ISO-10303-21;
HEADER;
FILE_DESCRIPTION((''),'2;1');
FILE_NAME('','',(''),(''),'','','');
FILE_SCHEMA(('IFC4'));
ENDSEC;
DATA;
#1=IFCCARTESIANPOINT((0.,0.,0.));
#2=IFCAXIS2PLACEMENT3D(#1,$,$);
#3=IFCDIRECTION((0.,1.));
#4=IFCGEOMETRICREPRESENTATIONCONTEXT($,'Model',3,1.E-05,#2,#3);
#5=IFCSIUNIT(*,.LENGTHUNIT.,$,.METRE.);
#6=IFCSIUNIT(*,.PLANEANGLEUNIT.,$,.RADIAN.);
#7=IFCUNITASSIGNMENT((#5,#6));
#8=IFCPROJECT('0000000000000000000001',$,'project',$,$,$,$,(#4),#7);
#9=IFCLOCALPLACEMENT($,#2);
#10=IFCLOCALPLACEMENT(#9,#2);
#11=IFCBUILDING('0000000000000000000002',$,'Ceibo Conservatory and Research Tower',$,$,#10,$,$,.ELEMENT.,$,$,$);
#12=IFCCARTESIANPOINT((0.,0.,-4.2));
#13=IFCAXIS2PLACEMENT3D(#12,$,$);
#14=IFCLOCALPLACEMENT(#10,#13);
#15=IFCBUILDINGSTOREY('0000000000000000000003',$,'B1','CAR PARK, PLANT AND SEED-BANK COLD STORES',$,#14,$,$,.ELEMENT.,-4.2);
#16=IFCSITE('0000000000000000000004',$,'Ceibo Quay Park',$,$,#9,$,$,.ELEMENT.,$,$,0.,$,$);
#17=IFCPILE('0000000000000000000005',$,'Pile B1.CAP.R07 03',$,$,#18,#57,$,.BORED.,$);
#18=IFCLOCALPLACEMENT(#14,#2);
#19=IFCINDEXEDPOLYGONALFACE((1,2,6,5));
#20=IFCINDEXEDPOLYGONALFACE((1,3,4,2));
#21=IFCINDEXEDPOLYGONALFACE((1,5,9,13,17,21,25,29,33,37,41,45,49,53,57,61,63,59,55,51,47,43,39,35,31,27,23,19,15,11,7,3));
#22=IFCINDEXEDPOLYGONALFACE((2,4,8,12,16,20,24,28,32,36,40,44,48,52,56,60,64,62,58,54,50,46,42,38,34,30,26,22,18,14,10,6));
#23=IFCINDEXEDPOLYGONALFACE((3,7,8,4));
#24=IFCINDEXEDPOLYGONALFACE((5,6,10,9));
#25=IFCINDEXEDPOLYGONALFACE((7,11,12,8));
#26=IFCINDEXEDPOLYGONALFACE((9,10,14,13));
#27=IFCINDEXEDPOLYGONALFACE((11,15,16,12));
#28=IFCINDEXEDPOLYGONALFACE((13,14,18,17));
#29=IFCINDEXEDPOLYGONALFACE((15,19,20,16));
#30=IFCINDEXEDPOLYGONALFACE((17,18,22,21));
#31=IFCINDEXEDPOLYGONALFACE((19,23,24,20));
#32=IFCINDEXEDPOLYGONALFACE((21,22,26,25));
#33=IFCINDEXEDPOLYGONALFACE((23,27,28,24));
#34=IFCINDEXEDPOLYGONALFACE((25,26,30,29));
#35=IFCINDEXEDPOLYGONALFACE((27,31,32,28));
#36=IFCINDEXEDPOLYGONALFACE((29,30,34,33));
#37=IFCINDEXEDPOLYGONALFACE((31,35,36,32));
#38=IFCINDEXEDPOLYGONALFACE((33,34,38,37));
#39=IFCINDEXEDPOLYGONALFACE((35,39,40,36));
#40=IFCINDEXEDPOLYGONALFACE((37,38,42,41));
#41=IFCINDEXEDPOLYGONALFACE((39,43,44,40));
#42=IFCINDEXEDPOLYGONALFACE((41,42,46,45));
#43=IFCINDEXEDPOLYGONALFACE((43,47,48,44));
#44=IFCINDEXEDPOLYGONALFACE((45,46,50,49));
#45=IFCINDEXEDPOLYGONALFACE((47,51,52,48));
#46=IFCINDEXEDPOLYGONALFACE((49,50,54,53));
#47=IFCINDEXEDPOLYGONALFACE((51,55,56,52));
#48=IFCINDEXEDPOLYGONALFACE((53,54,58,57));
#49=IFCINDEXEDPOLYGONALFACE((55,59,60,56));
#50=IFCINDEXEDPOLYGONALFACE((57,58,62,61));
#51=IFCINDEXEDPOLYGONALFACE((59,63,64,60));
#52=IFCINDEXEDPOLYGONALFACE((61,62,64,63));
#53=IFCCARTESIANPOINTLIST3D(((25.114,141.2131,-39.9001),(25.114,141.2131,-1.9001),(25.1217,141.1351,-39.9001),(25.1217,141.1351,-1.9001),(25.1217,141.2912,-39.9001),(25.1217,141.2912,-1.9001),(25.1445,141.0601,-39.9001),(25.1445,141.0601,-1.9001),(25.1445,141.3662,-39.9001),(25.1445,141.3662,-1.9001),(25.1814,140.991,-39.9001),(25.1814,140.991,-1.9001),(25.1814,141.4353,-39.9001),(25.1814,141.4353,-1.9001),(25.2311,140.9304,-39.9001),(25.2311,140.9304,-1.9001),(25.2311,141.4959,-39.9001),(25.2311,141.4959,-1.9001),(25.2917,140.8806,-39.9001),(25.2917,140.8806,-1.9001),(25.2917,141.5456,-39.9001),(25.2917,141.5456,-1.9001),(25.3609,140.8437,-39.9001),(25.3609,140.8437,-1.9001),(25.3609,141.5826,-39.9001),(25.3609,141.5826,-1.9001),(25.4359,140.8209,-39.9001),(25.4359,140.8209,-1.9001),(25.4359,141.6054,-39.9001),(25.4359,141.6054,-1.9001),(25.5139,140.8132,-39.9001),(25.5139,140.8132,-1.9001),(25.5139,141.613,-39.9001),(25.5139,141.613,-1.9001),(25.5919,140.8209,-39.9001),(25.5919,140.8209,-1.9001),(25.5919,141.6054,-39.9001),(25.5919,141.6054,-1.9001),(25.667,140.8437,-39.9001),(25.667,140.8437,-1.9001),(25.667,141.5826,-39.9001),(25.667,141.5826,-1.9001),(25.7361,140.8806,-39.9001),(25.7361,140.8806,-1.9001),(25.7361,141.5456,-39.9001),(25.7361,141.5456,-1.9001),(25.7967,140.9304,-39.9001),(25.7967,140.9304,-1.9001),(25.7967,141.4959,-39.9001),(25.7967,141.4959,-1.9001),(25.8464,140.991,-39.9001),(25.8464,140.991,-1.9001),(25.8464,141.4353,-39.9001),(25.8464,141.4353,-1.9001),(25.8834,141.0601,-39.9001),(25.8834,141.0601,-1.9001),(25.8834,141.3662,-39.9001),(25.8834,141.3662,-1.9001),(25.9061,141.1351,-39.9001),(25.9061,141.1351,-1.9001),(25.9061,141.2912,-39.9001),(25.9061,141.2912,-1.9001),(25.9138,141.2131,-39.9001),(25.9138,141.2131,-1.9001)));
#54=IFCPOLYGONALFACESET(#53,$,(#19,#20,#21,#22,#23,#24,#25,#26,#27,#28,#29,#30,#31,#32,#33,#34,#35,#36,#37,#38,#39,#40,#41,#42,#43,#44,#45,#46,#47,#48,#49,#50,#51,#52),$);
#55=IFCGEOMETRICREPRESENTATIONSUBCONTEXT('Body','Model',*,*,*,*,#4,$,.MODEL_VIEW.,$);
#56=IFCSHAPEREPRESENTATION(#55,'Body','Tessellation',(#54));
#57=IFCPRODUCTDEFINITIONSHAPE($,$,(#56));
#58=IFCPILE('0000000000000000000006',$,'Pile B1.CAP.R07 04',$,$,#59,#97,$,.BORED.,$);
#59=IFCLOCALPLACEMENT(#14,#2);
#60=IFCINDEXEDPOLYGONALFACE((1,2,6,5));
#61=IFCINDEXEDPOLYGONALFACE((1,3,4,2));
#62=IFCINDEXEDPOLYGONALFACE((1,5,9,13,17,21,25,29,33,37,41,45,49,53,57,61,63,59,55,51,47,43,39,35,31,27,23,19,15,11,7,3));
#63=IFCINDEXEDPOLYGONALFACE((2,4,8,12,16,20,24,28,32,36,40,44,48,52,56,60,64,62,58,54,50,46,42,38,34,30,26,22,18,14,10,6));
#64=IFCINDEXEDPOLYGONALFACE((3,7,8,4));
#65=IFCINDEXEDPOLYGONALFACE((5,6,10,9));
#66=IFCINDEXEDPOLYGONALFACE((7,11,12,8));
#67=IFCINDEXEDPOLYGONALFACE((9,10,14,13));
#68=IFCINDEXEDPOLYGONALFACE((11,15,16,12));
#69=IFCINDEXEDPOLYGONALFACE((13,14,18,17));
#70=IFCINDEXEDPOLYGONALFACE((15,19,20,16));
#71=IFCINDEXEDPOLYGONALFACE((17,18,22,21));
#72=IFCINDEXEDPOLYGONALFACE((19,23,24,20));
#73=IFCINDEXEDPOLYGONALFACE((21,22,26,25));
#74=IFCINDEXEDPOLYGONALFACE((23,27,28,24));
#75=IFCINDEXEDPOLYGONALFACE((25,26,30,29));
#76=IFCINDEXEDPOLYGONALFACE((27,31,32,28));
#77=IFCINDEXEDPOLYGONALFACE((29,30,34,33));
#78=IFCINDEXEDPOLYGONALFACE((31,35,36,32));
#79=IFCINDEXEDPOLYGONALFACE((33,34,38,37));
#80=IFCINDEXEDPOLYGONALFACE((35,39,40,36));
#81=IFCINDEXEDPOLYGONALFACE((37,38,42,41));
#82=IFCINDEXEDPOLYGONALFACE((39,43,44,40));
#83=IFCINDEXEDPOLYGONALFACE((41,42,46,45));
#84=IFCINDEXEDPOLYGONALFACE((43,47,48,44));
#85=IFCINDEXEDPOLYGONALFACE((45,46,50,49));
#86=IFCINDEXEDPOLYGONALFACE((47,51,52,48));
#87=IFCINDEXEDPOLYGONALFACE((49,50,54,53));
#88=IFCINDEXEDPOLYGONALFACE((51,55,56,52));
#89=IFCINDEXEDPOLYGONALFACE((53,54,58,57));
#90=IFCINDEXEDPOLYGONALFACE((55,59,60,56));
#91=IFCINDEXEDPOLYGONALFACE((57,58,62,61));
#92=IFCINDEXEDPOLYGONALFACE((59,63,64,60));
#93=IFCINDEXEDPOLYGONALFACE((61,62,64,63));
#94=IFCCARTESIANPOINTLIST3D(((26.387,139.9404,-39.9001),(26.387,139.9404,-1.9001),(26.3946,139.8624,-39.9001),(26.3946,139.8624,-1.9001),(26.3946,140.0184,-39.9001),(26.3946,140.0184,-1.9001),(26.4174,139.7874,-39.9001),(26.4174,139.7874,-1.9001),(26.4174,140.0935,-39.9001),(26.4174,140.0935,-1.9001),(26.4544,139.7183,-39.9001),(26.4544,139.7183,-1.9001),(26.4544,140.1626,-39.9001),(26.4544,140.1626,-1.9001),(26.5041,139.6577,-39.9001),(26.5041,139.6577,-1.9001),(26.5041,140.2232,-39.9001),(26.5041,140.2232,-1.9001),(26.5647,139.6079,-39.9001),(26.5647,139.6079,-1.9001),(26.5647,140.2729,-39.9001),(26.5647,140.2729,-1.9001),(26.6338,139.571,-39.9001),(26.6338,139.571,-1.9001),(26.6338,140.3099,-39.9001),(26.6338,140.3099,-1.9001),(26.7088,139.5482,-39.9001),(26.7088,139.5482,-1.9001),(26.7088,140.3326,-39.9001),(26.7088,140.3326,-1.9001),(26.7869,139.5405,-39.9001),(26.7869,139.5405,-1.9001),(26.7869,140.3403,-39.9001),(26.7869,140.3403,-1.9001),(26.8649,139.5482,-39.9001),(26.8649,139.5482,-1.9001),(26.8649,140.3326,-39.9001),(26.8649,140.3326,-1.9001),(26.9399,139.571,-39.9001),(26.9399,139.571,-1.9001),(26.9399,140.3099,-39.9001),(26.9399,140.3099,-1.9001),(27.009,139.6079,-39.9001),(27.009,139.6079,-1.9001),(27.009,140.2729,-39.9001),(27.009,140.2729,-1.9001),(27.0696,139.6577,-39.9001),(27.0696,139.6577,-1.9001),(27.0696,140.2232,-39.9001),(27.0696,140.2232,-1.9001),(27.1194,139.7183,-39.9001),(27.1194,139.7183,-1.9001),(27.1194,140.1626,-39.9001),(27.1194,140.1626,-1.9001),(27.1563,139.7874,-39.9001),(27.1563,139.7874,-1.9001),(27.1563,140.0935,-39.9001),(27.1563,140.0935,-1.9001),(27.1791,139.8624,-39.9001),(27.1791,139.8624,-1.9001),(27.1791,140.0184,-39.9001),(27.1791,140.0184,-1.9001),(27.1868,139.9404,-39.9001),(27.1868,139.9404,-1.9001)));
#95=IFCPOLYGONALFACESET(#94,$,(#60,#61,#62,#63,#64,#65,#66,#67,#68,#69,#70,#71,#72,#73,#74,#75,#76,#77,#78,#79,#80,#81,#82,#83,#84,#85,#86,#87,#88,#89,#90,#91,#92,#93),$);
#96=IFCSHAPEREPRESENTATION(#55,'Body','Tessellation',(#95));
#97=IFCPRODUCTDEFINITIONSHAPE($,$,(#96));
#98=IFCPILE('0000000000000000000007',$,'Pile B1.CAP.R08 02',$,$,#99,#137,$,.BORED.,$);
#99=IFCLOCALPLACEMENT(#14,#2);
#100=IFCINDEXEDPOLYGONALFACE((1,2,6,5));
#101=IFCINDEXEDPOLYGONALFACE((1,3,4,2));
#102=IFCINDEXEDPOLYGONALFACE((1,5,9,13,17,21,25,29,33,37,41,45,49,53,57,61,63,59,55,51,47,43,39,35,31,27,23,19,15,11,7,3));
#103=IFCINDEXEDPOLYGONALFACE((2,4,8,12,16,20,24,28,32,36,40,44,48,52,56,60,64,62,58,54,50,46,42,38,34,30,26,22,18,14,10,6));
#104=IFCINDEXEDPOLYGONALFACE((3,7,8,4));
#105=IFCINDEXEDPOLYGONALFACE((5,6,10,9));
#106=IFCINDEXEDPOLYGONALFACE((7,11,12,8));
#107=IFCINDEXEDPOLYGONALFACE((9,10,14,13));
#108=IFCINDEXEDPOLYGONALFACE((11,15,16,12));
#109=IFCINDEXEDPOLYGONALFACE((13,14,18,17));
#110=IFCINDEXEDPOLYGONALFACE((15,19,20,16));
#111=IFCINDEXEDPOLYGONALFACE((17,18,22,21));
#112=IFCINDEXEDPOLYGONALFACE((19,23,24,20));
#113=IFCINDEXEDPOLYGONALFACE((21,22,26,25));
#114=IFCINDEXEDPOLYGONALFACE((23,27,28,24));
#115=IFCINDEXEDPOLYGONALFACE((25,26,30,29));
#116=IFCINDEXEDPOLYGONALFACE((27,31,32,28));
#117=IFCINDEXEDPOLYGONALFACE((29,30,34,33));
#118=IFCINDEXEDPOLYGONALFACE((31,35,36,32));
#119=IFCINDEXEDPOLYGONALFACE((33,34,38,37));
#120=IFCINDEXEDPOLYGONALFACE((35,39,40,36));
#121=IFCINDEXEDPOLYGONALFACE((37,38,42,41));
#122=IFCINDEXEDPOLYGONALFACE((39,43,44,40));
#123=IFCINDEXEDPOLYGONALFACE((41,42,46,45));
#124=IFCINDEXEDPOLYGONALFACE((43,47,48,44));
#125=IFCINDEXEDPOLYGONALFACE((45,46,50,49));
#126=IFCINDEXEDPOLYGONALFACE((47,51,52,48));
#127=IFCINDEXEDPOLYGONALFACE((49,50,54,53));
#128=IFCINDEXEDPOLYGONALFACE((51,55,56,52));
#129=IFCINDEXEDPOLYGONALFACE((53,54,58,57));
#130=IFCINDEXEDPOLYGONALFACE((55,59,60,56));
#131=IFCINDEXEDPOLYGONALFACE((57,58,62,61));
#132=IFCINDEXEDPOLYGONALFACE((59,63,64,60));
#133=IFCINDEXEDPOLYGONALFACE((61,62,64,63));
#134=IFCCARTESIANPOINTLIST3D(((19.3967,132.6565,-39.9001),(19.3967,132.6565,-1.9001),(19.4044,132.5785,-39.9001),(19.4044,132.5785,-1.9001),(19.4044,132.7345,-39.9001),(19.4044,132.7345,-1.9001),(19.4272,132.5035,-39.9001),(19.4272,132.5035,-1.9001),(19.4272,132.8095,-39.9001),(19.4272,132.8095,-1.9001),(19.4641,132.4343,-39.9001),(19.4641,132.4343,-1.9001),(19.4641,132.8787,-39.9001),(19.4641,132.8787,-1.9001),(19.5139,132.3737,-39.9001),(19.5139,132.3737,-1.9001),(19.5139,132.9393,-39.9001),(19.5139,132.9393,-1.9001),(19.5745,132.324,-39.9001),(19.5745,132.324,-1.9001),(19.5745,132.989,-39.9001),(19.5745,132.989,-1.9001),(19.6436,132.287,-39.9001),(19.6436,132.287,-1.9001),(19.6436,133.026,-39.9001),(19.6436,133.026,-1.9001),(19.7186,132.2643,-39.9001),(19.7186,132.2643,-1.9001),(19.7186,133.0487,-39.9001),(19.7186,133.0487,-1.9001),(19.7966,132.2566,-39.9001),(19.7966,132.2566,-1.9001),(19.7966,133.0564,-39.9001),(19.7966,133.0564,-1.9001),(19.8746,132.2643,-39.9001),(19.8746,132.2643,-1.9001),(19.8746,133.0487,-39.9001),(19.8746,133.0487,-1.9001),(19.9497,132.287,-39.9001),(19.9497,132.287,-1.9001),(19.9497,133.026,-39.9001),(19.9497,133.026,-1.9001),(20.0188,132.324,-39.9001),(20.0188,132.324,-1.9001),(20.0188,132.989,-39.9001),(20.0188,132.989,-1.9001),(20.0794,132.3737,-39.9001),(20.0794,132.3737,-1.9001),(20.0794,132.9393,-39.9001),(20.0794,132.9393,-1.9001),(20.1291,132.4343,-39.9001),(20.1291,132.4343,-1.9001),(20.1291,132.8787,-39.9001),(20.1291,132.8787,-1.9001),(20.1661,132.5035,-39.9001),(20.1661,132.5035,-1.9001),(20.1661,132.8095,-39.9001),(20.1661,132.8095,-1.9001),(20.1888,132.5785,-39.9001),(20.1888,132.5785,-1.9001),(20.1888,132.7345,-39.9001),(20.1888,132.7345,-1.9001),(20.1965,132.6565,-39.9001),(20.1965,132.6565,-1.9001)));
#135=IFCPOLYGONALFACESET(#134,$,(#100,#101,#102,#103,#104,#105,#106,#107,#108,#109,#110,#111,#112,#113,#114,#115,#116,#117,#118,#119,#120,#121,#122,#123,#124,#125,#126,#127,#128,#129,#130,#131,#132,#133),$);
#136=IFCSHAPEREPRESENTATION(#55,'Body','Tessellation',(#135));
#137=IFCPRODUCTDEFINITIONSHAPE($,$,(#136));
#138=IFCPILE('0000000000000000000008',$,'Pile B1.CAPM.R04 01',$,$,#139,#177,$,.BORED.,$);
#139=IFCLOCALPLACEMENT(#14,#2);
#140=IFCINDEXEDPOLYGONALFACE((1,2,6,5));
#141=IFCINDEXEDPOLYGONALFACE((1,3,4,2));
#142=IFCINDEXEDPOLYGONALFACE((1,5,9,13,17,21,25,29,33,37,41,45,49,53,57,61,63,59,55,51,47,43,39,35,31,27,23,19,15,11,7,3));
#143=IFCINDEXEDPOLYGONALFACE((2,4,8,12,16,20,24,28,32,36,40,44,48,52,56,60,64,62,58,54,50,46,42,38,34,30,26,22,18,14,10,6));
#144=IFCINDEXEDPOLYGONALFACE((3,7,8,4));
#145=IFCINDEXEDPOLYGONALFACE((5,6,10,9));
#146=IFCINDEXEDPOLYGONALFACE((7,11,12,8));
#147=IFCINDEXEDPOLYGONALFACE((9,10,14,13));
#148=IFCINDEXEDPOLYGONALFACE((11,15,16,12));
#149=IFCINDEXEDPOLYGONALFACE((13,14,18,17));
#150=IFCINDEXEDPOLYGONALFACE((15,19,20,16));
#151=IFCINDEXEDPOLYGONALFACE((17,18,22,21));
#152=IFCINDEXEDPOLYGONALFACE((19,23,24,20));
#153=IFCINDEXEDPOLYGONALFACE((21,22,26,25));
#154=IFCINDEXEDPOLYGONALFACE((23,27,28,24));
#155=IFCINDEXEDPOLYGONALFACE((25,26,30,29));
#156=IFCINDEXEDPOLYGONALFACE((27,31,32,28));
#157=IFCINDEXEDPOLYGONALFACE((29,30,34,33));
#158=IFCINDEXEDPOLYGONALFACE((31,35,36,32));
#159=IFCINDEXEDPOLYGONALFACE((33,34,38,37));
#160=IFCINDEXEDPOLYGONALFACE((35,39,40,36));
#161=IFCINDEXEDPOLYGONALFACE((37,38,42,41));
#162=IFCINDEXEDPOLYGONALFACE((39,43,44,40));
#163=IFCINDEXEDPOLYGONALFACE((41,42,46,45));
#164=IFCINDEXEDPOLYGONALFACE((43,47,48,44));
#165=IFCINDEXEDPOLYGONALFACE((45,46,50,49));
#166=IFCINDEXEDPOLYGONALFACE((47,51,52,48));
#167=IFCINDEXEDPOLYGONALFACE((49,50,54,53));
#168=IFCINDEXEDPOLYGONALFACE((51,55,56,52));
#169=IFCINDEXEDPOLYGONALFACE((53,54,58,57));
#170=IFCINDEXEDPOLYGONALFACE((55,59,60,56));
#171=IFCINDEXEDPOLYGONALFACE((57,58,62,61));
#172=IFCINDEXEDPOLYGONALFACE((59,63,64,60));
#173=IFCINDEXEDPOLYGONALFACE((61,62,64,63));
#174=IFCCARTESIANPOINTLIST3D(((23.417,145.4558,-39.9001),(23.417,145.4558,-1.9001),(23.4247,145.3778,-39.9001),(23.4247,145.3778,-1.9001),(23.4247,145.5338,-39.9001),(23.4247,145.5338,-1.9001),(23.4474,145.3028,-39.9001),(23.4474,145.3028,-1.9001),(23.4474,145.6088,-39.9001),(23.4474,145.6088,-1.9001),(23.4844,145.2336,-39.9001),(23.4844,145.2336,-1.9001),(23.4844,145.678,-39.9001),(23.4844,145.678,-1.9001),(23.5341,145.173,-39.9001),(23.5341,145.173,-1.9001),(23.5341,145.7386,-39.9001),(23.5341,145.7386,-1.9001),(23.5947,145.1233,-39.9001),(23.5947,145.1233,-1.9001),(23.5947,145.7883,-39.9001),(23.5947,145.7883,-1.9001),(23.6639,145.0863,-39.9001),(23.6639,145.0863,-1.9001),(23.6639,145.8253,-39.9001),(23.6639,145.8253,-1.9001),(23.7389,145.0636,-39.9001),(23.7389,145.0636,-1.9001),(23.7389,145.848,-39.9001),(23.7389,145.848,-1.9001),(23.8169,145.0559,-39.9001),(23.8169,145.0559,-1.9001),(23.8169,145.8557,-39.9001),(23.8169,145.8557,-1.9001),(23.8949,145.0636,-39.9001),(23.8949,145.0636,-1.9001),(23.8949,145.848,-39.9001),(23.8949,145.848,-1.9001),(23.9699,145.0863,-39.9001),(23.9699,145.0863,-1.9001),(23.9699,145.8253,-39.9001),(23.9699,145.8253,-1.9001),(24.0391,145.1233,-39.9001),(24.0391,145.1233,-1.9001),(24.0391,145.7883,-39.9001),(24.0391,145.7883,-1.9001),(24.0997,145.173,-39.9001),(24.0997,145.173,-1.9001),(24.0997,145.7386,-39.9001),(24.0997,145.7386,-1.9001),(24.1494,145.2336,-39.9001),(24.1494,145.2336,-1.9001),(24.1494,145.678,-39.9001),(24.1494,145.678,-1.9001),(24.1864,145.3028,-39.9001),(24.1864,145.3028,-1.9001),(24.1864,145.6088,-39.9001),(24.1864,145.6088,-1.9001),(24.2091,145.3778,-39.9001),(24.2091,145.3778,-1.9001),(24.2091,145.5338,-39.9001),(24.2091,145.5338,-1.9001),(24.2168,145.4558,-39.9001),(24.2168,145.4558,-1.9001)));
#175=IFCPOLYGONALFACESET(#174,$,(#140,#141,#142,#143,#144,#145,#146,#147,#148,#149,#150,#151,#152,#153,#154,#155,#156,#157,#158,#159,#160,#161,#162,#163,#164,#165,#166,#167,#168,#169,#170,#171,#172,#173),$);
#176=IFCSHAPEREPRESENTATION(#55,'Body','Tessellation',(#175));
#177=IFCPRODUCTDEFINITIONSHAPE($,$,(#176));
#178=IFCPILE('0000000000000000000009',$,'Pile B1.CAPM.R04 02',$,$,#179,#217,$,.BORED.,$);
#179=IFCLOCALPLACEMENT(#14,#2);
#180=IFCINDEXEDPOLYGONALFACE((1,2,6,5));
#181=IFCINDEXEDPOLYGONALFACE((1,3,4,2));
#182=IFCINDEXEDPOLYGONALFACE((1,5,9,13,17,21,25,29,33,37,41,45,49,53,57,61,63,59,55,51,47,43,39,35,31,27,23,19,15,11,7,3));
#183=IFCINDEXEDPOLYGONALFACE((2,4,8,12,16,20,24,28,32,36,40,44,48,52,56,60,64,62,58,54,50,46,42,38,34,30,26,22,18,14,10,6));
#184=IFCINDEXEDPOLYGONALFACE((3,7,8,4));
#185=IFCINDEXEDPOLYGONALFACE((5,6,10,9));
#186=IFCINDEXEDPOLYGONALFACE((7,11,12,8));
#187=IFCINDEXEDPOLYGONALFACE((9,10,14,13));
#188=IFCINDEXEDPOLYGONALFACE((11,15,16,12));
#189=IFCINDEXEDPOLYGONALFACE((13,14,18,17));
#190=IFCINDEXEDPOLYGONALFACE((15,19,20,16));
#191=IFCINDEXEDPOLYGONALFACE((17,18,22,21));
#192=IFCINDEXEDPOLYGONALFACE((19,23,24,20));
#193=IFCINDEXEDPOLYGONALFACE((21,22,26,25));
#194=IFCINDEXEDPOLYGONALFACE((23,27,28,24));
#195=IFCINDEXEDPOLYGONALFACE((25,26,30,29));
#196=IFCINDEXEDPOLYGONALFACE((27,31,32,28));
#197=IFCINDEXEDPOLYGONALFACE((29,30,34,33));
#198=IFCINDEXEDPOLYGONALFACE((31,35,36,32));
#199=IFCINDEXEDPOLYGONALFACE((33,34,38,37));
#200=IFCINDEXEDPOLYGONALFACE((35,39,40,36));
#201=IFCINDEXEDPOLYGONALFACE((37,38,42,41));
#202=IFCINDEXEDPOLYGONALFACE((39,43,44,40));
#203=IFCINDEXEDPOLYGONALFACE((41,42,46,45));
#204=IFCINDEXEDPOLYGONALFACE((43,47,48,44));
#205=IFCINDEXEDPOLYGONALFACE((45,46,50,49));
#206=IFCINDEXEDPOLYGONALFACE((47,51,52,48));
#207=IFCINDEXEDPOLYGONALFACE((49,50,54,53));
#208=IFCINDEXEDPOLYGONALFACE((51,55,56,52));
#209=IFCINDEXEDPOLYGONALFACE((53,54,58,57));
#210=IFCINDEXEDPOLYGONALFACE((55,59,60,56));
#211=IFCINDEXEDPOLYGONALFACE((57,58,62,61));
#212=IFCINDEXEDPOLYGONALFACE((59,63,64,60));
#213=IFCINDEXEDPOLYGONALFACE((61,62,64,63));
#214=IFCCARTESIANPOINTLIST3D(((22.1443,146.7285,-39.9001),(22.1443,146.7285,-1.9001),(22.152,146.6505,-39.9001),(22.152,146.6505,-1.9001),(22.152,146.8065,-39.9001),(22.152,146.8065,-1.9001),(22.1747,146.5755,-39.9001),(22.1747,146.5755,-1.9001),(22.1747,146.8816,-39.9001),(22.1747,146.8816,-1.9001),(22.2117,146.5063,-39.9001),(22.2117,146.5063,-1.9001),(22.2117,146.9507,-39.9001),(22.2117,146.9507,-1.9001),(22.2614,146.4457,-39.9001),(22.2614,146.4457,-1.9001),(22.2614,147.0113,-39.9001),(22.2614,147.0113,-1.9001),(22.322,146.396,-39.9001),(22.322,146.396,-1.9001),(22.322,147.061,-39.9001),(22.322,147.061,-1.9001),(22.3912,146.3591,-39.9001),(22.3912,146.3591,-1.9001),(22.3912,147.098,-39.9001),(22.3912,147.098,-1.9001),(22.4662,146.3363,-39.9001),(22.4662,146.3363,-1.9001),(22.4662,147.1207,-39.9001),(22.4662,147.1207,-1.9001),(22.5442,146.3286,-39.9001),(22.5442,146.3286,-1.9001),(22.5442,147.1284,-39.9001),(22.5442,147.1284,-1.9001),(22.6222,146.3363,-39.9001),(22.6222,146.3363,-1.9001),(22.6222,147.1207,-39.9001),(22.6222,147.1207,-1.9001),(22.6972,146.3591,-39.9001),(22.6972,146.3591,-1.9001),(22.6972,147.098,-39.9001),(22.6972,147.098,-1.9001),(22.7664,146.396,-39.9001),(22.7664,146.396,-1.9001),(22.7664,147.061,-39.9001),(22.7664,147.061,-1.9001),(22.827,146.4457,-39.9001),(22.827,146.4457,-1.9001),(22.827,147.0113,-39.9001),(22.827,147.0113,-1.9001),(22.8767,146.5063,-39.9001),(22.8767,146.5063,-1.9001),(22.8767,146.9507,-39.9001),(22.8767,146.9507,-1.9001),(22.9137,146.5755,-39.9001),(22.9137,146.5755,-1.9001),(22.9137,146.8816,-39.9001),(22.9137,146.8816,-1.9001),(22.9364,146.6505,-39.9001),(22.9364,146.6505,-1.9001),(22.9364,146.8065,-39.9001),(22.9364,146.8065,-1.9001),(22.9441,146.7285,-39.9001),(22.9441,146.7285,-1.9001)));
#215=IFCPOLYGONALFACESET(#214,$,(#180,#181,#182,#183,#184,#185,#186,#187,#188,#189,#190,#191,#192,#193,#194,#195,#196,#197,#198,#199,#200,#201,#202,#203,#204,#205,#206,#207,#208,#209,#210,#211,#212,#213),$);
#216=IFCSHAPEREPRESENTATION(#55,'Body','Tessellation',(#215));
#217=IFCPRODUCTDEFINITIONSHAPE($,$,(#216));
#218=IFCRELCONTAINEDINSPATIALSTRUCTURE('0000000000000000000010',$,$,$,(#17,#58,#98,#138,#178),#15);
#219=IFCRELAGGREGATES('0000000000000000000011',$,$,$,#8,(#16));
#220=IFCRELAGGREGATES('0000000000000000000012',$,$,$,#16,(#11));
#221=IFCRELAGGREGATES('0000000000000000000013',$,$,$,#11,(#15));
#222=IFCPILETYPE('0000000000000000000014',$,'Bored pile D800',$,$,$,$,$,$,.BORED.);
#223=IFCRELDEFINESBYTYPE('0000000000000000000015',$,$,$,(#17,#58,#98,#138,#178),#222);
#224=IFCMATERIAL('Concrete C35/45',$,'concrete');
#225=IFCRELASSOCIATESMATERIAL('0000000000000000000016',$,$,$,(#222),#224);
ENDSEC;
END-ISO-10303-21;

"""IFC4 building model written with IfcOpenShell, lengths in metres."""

from ifc_helpers import new_model, si_unit, direction, frame, origin, origin_2d, place, context, subcontext, project, spatial, circle, extrude, material, material_profile, profile_set, type_object, element, save


model = new_model("IFC4")

# Units and contexts
model_context = context("Model", 3, precision=1e-05, world=origin(), true_north=direction((0.0, 1.0)))
body_context = subcontext(model_context, "Body", "Model", "MODEL_VIEW")
ifc_project = project(units=[si_unit("LENGTHUNIT", "METRE"), si_unit("PLANEANGLEUNIT", "RADIAN")], contexts=[model_context])

# Site, building, storey
site_placement = place(None, origin())
site = spatial("IfcSite", under=ifc_project, at=site_placement, Name="Ceibo Quay Park", CompositionType="ELEMENT", RefElevation=0.0)
building_placement = place(site_placement, origin())
building = spatial("IfcBuilding", under=site, at=building_placement, Name="Ceibo Conservatory and Research Tower", CompositionType="ELEMENT")
storey_placement = place(building_placement, frame((0.0, 0.0, -4.2)))
storey = spatial("IfcBuildingStorey", under=building, at=storey_placement, Name="B1", Description="CAR PARK, PLANT AND SEED-BANK COLD STORES", CompositionType="ELEMENT", Elevation=-4.2)

# Piles
ifc_material_1 = material(Name="Concrete C35/45", Category="concrete")
ifc_material_profile_1 = material_profile(ifc_material_1, circle(Radius=0.3999, at=origin_2d()), Name="RC D800")
ifc_profile_set_1 = profile_set([ifc_material_profile_1], Name="Concrete C35/45")
pile_type_1 = type_object("IfcPileType", Name="Bored pile D800", PredefinedType="BORED", material=ifc_profile_set_1)
for number, where, z_axis, x_axis, name in (
    (1, (25.5139, 141.2131, -1.9001), (0.0, 0.0, -1.0), (1.0, 0.0, 0.0), "Pile B1.CAP.R07 03"),
    (2, (26.7869, 139.9404, -1.9001), (0.0, 0.0, -1.0), (1.0, 0.0, 0.0), "Pile B1.CAP.R07 04"),
    (3, (19.7966, 132.6565, -1.9001), (0.0, 0.0, -1.0), (1.0, 0.0, 0.0), "Pile B1.CAP.R08 02"),
    (4, (23.8169, 145.4558, -1.9001), (0.0, 0.0, -1.0), (1.0, 0.0, 0.0), "Pile B1.CAPM.R04 01"),
    (5, (22.5442, 146.7285, -1.9001), (0.0, 0.0, -1.0), (1.0, 0.0, 0.0), "Pile B1.CAPM.R04 02"),
):
    element("IfcPile", number, at=place(storey_placement, frame(where, z_axis=z_axis, x_axis=x_axis)), inside=storey, type_object=pile_type_1, Name=name, PredefinedType="BORED", context=body_context, shape_type="SweptSolid", body=[
        extrude(circle(Radius=0.3999, at=origin_2d()), origin(), (0.0, 0.0, 1.0), 38.0),
    ])

save(model, "model.ifc")
